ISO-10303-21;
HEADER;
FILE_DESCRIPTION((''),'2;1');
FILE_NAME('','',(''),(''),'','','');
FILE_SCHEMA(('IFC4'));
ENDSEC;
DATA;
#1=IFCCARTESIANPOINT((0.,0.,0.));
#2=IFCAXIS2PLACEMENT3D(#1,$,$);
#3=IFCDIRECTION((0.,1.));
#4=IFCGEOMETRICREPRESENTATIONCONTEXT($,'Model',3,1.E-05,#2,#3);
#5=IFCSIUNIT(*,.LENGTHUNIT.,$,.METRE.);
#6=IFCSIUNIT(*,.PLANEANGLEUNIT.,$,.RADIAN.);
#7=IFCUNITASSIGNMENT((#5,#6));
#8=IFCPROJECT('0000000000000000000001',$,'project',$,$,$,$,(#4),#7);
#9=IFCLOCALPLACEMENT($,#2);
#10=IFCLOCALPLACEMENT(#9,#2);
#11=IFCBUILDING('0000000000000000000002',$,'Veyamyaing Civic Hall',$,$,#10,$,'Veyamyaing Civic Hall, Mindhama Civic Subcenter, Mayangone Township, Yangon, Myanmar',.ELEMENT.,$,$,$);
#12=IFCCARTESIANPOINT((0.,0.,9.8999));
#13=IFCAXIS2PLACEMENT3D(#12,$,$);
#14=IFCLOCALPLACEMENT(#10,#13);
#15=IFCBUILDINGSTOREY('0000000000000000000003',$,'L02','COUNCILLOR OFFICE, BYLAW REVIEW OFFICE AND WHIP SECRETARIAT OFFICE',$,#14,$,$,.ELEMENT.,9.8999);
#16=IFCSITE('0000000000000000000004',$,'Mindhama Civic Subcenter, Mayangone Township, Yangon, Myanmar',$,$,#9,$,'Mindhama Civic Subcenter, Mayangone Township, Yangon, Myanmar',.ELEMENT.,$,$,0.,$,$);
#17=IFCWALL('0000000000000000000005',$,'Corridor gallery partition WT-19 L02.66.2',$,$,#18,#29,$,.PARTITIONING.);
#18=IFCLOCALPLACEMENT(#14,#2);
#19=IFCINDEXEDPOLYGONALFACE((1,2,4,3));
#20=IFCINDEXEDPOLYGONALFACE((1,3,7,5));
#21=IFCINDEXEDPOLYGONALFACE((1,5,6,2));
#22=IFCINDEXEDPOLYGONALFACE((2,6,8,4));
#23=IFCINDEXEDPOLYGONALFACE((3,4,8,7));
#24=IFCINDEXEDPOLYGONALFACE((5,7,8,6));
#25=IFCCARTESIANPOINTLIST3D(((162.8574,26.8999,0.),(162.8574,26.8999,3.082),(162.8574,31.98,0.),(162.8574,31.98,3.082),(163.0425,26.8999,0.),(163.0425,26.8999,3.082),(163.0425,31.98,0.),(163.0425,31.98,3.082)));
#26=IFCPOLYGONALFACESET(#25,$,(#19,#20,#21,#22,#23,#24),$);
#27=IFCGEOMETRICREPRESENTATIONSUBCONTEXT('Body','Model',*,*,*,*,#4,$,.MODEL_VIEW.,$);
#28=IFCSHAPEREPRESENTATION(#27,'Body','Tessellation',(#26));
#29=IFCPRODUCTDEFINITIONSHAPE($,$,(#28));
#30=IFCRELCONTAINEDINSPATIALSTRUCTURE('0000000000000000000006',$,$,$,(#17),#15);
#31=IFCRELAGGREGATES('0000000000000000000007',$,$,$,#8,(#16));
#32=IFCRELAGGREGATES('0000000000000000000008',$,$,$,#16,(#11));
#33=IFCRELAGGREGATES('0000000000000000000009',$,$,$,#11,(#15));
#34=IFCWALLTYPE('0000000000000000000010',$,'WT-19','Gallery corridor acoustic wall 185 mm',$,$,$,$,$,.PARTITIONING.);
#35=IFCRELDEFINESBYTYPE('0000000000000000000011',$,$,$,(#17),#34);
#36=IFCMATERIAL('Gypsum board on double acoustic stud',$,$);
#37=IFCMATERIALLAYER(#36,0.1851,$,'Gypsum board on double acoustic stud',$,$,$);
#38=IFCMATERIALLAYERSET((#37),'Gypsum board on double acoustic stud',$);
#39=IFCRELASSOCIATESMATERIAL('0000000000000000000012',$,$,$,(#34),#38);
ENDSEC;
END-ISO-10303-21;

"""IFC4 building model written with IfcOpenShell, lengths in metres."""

from ifc_helpers import new_model, si_unit, direction, frame, frame_2d, origin, place, context, subcontext, project, spatial, rectangle, extrude, material, layer, layer_set, type_object, element, save


model = new_model("IFC4")

# Units and contexts
model_context = context("Model", 3, precision=1e-05, world=origin(), true_north=direction((0.0, 1.0)))
body_context = subcontext(model_context, "Body", "Model", "MODEL_VIEW")
ifc_project = project(units=[si_unit("LENGTHUNIT", "METRE"), si_unit("PLANEANGLEUNIT", "RADIAN")], contexts=[model_context])

# Site, building, storey
site_placement = place(None, origin())
site = spatial("IfcSite", under=ifc_project, at=site_placement, Name="Mindhama Civic Subcenter, Mayangone Township, Yangon, Myanmar", LongName="Mindhama Civic Subcenter, Mayangone Township, Yangon, Myanmar", CompositionType="ELEMENT", RefElevation=0.0)
building_placement = place(site_placement, origin())
building = spatial("IfcBuilding", under=site, at=building_placement, Name="Veyamyaing Civic Hall", LongName="Veyamyaing Civic Hall, Mindhama Civic Subcenter, Mayangone Township, Yangon, Myanmar", CompositionType="ELEMENT")
storey_placement = place(building_placement, frame((0.0, 0.0, 9.8999)))
storey = spatial("IfcBuildingStorey", under=building, at=storey_placement, Name="L02", Description="COUNCILLOR OFFICE, BYLAW REVIEW OFFICE AND WHIP SECRETARIAT OFFICE", CompositionType="ELEMENT", Elevation=9.8999)

# Shared definitions
ifc_material_1 = material(Name="Gypsum board on double acoustic stud")
ifc_layer_1 = layer(ifc_material_1, 0.1851, Name="Gypsum board on double acoustic stud")
ifc_layer_set_1 = layer_set([ifc_layer_1], Name="Gypsum board on double acoustic stud")
wall_type_1 = type_object("IfcWallType", Name="WT-19", Description="Gallery corridor acoustic wall 185 mm", PredefinedType="PARTITIONING", material=ifc_layer_set_1)

# Wall
wall_1_placement = place(storey_placement, frame((162.95, 26.8999, 0.0), z_axis=(0.0, 0.0, 1.0), x_axis=(0.0, 1.0, 0.0)))
element("IfcWall", 1, at=wall_1_placement, inside=storey, type_object=wall_type_1, Name="Corridor gallery partition WT-19 L02.66.2", PredefinedType="PARTITIONING", context=body_context, shape_type="SweptSolid", body=[
    extrude(rectangle(XDim=5.0801, YDim=0.1851, at=frame_2d((2.54, 0.0))), origin(), (0.0, 0.0, 1.0), 3.082),
])

save(model, "model.ifc")
